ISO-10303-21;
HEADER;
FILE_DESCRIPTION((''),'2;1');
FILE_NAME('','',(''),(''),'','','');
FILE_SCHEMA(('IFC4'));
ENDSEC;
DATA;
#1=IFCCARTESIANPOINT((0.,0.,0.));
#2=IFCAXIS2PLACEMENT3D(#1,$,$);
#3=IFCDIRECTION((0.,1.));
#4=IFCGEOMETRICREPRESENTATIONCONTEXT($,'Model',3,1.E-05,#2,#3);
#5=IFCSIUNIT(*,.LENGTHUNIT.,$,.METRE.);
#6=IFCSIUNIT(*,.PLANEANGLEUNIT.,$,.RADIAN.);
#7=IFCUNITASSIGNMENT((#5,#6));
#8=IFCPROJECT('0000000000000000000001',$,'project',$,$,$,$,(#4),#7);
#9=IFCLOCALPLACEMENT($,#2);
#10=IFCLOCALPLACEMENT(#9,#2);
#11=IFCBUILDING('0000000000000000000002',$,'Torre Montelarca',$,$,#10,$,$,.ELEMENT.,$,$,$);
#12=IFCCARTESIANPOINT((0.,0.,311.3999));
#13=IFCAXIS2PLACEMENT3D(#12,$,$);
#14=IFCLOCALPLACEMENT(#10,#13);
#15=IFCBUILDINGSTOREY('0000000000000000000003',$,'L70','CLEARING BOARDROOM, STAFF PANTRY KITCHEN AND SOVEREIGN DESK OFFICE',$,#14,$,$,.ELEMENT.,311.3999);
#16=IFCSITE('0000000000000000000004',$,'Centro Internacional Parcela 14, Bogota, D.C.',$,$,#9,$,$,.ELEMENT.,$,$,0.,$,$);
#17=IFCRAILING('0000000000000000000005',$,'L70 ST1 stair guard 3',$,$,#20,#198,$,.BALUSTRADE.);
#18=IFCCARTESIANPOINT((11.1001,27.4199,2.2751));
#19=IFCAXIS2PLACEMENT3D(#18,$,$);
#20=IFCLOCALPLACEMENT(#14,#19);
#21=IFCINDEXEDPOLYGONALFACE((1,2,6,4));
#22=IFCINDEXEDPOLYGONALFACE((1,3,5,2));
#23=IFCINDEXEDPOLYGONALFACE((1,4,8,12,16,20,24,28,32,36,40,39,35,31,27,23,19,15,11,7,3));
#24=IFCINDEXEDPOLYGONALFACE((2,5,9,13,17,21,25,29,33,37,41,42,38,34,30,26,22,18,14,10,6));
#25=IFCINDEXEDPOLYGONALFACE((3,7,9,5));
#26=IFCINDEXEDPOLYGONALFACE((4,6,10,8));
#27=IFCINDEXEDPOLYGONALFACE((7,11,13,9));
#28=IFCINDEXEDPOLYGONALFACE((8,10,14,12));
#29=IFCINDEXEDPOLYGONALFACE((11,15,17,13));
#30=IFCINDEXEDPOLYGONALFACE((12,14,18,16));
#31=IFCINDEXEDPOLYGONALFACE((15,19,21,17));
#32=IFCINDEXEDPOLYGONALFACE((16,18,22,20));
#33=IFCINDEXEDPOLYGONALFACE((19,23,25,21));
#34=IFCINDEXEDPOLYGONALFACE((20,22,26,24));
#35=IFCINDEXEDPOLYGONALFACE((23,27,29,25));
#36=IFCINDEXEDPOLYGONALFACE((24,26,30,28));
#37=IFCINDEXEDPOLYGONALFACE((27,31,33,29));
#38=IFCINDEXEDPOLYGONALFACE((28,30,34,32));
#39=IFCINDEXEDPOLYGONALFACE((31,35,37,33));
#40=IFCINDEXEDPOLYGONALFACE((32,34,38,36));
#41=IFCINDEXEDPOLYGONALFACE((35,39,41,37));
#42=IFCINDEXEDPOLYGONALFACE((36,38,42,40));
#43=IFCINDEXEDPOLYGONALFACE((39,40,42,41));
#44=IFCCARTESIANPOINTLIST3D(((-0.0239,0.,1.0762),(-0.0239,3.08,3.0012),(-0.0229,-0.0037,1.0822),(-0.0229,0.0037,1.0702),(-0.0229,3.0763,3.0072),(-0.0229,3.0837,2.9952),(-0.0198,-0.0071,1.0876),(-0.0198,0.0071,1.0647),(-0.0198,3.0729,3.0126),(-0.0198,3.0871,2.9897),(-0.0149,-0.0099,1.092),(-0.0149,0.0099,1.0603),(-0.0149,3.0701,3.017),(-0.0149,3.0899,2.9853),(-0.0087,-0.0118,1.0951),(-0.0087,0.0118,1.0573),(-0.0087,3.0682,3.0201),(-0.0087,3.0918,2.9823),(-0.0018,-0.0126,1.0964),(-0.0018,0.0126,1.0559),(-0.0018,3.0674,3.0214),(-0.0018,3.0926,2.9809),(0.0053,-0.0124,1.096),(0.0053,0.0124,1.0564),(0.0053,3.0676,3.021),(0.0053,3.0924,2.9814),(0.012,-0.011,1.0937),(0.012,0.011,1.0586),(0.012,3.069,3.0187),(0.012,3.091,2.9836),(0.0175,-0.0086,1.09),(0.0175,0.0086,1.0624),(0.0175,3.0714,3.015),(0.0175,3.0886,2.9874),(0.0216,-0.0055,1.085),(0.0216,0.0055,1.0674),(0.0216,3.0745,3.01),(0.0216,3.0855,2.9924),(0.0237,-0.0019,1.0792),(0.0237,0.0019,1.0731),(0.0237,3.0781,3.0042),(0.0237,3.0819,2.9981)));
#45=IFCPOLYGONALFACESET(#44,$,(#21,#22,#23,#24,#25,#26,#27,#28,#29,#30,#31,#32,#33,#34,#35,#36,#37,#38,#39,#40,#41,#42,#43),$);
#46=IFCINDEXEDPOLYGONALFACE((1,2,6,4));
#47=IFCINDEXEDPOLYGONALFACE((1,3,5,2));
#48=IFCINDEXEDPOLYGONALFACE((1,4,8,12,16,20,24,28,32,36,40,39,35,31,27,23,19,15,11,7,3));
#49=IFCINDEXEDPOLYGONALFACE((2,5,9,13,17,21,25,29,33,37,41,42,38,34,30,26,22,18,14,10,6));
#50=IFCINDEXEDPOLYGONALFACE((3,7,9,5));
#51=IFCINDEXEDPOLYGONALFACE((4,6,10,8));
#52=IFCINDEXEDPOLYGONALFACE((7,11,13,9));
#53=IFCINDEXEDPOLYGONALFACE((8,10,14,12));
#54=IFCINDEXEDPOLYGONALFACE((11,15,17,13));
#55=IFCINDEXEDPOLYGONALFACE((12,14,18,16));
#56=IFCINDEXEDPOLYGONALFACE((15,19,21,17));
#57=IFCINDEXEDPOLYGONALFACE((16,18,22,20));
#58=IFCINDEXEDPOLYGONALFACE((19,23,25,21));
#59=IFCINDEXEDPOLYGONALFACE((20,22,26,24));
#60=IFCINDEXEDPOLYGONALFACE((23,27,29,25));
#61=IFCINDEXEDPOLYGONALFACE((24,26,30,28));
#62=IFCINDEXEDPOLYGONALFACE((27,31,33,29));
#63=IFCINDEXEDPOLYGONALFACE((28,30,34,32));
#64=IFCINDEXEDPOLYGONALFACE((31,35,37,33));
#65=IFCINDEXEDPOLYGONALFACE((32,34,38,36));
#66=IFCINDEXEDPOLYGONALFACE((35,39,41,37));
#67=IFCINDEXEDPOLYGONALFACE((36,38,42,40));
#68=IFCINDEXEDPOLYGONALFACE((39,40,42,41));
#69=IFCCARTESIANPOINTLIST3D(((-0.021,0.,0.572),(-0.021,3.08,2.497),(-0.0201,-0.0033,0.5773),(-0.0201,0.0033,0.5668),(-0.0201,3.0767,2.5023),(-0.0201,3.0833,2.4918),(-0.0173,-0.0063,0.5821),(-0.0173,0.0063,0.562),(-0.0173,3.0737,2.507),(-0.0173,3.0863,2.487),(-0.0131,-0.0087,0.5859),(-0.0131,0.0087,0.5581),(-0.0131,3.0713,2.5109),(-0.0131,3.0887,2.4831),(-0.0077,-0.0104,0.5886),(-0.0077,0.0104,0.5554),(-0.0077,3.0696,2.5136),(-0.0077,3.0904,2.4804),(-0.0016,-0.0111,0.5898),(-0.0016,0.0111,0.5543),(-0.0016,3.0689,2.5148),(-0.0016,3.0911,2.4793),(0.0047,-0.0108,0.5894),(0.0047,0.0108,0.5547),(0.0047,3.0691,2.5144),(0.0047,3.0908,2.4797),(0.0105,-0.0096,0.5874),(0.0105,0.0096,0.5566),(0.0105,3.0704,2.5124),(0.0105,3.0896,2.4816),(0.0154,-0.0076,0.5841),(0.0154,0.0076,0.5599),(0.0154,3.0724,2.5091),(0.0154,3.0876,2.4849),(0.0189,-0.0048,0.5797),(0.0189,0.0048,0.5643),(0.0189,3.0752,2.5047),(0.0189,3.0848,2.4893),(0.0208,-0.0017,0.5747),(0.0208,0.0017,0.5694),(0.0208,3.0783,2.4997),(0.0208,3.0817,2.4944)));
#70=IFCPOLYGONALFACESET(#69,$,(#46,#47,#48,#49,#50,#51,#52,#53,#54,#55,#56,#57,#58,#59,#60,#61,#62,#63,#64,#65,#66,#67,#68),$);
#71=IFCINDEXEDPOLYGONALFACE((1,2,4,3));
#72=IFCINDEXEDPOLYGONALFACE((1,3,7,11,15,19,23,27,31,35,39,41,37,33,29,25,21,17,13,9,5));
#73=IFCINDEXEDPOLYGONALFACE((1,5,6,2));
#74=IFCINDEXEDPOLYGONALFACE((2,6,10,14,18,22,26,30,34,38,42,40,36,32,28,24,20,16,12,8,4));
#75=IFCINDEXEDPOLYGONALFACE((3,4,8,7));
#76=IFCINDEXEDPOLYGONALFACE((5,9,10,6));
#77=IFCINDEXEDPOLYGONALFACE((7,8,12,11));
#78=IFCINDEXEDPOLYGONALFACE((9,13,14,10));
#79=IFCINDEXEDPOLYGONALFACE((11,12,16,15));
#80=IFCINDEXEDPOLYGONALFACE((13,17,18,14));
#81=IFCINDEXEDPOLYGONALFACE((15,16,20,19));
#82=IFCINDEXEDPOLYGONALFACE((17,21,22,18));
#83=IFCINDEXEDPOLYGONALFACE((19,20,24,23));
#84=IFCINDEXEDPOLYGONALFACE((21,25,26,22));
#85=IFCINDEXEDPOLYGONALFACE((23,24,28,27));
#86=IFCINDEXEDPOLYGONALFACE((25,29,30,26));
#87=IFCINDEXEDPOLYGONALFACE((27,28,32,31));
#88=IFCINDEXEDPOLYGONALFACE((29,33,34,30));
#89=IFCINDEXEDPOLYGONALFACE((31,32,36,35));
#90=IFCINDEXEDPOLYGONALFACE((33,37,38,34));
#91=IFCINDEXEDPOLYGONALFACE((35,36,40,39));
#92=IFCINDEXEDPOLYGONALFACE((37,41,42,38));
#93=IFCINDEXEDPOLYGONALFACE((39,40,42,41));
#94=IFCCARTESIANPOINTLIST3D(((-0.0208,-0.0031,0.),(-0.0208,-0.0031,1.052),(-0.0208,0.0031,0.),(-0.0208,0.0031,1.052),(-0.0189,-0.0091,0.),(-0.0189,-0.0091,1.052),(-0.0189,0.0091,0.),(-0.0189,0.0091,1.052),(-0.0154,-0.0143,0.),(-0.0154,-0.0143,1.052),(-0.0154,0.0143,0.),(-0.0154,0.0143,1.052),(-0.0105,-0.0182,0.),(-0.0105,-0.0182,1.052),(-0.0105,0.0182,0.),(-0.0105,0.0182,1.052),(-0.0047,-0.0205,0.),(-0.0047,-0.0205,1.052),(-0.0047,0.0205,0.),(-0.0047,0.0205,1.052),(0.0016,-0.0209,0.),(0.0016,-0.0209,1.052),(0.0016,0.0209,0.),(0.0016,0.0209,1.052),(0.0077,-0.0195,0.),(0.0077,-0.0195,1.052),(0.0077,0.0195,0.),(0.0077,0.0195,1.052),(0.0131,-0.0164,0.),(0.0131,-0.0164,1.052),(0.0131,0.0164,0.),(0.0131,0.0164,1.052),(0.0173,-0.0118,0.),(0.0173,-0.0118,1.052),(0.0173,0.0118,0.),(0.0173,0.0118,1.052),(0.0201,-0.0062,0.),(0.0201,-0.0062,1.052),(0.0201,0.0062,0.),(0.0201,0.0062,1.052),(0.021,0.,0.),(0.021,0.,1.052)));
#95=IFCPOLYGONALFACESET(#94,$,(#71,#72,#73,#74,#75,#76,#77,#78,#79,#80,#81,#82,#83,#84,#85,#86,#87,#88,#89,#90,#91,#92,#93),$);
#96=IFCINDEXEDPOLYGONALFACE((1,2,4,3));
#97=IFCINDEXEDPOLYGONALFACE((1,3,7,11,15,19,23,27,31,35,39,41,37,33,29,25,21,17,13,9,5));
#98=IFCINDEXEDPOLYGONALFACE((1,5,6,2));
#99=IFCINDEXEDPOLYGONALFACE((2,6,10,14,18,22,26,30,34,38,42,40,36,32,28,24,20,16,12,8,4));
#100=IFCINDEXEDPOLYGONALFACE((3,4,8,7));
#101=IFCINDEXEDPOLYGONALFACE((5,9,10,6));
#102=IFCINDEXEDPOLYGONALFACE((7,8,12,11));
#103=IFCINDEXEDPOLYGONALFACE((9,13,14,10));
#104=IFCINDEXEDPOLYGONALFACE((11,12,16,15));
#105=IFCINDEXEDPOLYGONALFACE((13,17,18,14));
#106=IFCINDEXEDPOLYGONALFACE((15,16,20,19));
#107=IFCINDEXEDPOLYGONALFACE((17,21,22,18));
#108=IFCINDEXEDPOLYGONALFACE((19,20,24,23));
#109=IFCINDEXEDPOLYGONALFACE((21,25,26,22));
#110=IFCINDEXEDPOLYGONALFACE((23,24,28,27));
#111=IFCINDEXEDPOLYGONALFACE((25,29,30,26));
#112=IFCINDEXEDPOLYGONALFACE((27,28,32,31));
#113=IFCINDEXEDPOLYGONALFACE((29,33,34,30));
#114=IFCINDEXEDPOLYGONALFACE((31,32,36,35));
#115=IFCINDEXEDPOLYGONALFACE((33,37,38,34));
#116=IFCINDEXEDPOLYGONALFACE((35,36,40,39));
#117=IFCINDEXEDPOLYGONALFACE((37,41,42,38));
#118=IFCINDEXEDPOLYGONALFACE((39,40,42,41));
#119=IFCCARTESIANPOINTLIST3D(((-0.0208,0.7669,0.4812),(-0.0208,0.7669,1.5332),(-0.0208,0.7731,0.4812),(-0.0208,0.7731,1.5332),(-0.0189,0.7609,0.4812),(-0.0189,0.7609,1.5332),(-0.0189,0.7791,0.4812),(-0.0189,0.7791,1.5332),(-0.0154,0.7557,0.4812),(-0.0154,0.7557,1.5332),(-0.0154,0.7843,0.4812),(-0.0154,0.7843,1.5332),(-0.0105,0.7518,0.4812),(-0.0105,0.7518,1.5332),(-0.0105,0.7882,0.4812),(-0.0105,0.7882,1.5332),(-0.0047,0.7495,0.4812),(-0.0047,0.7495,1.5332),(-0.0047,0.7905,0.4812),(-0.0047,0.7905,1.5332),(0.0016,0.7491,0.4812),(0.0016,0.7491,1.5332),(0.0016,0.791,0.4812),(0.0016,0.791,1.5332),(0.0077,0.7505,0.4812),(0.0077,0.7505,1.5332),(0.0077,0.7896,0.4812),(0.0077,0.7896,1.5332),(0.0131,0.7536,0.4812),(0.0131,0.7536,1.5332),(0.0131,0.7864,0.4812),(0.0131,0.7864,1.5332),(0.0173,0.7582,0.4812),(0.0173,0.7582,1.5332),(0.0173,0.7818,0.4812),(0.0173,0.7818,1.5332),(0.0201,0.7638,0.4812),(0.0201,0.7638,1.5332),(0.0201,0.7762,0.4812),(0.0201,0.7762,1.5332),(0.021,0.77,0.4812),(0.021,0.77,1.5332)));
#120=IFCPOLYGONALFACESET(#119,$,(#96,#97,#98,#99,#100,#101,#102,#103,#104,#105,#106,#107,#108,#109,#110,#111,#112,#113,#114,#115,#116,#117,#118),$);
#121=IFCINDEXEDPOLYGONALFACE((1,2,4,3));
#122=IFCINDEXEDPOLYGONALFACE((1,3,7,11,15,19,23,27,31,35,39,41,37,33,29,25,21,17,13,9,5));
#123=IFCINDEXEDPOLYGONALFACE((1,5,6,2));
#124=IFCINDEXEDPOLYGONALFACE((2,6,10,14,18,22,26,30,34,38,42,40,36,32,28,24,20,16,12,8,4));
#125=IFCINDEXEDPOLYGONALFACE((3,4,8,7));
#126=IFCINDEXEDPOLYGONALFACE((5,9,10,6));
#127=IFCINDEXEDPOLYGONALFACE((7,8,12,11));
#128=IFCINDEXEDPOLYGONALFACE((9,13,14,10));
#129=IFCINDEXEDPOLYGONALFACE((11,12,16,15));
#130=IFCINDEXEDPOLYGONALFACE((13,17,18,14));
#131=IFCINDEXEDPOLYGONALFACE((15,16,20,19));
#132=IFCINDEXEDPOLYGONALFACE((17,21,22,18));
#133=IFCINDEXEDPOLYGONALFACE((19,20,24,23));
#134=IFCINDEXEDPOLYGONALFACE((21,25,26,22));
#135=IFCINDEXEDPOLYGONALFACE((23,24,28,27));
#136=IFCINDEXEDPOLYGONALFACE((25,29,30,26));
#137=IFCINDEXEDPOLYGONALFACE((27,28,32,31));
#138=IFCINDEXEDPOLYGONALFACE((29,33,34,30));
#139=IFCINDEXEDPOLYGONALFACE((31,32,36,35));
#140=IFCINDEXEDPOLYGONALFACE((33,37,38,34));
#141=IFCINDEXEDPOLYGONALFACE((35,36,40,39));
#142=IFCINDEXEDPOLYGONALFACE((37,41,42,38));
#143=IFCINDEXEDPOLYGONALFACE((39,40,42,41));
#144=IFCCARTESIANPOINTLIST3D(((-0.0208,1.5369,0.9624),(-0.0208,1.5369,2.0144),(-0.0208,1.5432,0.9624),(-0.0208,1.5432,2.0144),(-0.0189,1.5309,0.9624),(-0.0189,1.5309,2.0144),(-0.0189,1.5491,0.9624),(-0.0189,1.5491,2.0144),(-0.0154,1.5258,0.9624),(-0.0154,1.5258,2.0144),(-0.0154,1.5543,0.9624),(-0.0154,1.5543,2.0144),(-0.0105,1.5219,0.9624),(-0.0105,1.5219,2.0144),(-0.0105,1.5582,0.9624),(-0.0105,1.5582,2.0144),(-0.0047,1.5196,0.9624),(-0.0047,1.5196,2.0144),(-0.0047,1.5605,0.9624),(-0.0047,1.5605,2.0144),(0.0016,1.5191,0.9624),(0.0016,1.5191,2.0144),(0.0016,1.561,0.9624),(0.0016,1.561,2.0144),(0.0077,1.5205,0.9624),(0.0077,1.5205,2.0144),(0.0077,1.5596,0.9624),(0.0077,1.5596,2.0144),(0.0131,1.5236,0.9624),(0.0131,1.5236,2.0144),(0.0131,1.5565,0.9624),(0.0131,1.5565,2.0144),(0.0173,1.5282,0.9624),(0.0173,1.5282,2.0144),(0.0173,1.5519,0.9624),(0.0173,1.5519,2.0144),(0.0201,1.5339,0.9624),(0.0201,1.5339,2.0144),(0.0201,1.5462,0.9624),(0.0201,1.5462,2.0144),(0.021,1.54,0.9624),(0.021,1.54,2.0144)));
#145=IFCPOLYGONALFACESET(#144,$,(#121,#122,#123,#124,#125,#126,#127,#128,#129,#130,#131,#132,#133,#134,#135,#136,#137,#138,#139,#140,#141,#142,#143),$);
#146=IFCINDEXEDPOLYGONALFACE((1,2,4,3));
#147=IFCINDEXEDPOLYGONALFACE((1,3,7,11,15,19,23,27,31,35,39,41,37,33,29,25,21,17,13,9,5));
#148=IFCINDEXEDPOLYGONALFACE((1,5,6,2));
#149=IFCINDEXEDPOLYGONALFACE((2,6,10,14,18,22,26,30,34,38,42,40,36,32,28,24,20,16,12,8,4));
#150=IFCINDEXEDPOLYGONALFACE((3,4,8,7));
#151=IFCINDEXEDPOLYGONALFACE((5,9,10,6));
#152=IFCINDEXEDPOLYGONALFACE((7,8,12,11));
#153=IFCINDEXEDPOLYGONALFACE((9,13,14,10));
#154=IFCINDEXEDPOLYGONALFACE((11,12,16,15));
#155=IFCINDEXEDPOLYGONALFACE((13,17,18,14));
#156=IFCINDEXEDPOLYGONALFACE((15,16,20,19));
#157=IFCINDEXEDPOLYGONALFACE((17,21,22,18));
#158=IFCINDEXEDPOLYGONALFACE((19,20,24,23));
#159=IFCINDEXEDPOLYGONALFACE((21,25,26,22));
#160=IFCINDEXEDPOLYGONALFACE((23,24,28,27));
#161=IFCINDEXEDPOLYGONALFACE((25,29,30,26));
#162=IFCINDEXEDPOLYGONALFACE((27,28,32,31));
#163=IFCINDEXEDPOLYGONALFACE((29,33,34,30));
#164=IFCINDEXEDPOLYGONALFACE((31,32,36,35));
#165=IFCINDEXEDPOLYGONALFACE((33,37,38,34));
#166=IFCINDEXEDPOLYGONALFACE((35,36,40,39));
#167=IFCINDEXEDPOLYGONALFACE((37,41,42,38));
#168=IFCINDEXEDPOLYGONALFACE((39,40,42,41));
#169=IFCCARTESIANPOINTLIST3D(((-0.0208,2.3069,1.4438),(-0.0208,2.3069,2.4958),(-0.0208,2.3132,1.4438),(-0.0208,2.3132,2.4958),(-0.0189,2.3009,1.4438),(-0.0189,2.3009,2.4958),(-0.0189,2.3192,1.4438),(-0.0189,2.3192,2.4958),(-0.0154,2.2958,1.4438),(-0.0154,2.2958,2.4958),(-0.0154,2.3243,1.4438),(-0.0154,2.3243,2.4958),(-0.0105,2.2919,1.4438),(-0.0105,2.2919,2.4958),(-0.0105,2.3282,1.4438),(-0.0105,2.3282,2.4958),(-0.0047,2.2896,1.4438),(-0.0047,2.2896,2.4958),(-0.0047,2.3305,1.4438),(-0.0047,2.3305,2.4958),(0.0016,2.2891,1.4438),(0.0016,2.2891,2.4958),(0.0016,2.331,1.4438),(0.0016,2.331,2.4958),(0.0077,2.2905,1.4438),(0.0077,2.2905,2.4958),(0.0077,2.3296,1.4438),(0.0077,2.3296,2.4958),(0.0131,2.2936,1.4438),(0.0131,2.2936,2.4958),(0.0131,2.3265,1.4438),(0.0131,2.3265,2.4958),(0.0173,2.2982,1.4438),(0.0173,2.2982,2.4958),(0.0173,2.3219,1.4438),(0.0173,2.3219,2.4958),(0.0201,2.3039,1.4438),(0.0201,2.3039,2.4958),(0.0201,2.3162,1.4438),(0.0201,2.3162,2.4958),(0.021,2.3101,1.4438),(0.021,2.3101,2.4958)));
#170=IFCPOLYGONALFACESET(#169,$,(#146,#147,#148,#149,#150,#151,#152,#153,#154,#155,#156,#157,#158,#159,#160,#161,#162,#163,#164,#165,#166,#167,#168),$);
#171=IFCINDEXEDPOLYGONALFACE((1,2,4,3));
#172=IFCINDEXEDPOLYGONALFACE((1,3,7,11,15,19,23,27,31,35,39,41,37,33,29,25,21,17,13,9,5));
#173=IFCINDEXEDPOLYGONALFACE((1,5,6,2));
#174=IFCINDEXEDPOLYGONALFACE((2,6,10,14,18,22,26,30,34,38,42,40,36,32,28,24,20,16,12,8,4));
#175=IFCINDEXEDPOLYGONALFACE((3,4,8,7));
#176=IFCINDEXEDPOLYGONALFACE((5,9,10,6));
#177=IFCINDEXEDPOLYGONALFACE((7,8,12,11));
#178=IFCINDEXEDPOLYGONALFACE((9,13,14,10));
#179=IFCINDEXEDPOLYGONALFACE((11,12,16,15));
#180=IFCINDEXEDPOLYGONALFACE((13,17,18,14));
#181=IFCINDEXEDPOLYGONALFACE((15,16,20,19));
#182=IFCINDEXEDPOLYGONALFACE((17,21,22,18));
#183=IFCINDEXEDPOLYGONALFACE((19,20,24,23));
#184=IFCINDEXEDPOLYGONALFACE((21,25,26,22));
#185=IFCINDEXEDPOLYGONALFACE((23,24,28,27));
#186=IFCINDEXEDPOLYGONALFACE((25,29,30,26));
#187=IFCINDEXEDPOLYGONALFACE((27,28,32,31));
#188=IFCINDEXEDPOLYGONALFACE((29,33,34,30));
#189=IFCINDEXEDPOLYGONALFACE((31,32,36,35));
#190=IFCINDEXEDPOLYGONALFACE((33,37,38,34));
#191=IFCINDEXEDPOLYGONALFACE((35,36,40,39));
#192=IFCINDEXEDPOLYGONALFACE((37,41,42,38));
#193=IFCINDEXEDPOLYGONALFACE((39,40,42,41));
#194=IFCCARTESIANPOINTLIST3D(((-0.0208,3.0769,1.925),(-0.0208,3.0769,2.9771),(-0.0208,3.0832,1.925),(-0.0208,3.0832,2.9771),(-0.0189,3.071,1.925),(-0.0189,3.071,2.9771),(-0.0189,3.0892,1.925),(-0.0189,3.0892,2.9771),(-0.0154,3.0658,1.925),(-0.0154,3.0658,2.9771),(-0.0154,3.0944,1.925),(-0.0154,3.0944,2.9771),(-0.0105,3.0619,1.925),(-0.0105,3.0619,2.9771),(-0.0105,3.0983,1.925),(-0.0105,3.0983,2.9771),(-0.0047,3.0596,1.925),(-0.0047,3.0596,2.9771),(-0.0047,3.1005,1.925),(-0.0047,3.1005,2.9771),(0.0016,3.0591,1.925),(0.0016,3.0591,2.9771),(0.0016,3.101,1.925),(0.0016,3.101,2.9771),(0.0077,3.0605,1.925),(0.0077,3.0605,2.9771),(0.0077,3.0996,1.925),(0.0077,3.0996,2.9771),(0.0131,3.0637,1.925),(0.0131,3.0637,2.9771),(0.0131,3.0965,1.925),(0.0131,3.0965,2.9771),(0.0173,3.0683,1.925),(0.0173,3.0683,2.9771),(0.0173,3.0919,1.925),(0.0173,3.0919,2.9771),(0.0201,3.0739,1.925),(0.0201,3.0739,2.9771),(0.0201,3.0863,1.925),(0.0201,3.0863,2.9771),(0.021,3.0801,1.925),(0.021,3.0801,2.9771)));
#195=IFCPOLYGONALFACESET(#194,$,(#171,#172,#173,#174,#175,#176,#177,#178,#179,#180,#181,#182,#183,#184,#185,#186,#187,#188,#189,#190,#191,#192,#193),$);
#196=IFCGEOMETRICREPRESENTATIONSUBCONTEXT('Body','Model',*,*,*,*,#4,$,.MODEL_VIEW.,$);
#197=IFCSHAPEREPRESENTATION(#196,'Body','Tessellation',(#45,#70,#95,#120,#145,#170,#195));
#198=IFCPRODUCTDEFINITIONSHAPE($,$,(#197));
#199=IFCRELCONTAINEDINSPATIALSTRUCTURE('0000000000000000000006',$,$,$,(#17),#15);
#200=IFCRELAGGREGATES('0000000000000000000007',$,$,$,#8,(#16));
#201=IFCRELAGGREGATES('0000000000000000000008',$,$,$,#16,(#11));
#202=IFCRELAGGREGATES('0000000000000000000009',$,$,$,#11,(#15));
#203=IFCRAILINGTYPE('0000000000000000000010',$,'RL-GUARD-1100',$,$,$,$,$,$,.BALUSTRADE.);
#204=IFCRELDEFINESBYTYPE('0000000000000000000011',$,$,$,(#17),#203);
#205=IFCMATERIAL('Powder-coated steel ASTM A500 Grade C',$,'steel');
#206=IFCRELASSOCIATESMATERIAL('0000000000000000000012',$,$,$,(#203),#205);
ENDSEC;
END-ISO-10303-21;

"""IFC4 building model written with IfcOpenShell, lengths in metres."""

from ifc_helpers import new_model, si_unit, direction, frame, origin, origin_2d, place, context, subcontext, project, spatial, circle, extrude, material, type_object, element, save


model = new_model("IFC4")

# Units and contexts
model_context = context("Model", 3, precision=1e-05, world=origin(), true_north=direction((0.0, 1.0)))
body_context = subcontext(model_context, "Body", "Model", "MODEL_VIEW")
ifc_project = project(units=[si_unit("LENGTHUNIT", "METRE"), si_unit("PLANEANGLEUNIT", "RADIAN")], contexts=[model_context])

# Site, building, storey
site_placement = place(None, origin())
site = spatial("IfcSite", under=ifc_project, at=site_placement, Name="Centro Internacional Parcela 14, Bogota, D.C.", CompositionType="ELEMENT", RefElevation=0.0)
building_placement = place(site_placement, origin())
building = spatial("IfcBuilding", under=site, at=building_placement, Name="Torre Montelarca", CompositionType="ELEMENT")
storey_placement = place(building_placement, frame((0.0, 0.0, 311.3999)))
storey = spatial("IfcBuildingStorey", under=building, at=storey_placement, Name="L70", Description="CLEARING BOARDROOM, STAFF PANTRY KITCHEN AND SOVEREIGN DESK OFFICE", CompositionType="ELEMENT", Elevation=311.3999)

# Railing
ifc_material_1 = material(Name="Powder-coated steel ASTM A500 Grade C", Category="steel")
railing_type_1 = type_object("IfcRailingType", Name="RL-GUARD-1100", PredefinedType="BALUSTRADE", material=ifc_material_1)
railing_1_placement = place(storey_placement, frame((11.1001, 27.4199, 2.2751)))
element("IfcRailing", 1, at=railing_1_placement, inside=storey, type_object=railing_type_1, Name="L70 ST1 stair guard 3", PredefinedType="BALUSTRADE", context=body_context, shape_type="SweptSolid", body=[
    extrude(circle(Radius=0.0239, at=origin_2d()), frame((0.0, 0.0, 1.0762), z_axis=(0.0, 0.847998, 0.529999), x_axis=(-1.0, 0.0, 0.0)), (0.0, 0.0, 1.0), 3.6321),
    extrude(circle(Radius=0.021, at=origin_2d()), frame((0.0, 0.0, 0.572), z_axis=(0.0, 0.847998, 0.529999), x_axis=(-1.0, 0.0, 0.0)), (0.0, 0.0, 1.0), 3.6321),
    extrude(circle(Radius=0.021, at=origin_2d()), origin(), (0.0, 0.0, 1.0), 1.052),
    extrude(circle(Radius=0.021, at=origin_2d()), frame((0.0, 0.77, 0.4812)), (0.0, 0.0, 1.0), 1.052),
    extrude(circle(Radius=0.021, at=origin_2d()), frame((0.0, 1.54, 0.9624)), (0.0, 0.0, 1.0), 1.052),
    extrude(circle(Radius=0.021, at=origin_2d()), frame((0.0, 2.3101, 1.4438)), (0.0, 0.0, 1.0), 1.052),
    extrude(circle(Radius=0.021, at=origin_2d()), frame((0.0, 3.0801, 1.925)), (0.0, 0.0, 1.0), 1.052),
])

save(model, "model.ifc")
